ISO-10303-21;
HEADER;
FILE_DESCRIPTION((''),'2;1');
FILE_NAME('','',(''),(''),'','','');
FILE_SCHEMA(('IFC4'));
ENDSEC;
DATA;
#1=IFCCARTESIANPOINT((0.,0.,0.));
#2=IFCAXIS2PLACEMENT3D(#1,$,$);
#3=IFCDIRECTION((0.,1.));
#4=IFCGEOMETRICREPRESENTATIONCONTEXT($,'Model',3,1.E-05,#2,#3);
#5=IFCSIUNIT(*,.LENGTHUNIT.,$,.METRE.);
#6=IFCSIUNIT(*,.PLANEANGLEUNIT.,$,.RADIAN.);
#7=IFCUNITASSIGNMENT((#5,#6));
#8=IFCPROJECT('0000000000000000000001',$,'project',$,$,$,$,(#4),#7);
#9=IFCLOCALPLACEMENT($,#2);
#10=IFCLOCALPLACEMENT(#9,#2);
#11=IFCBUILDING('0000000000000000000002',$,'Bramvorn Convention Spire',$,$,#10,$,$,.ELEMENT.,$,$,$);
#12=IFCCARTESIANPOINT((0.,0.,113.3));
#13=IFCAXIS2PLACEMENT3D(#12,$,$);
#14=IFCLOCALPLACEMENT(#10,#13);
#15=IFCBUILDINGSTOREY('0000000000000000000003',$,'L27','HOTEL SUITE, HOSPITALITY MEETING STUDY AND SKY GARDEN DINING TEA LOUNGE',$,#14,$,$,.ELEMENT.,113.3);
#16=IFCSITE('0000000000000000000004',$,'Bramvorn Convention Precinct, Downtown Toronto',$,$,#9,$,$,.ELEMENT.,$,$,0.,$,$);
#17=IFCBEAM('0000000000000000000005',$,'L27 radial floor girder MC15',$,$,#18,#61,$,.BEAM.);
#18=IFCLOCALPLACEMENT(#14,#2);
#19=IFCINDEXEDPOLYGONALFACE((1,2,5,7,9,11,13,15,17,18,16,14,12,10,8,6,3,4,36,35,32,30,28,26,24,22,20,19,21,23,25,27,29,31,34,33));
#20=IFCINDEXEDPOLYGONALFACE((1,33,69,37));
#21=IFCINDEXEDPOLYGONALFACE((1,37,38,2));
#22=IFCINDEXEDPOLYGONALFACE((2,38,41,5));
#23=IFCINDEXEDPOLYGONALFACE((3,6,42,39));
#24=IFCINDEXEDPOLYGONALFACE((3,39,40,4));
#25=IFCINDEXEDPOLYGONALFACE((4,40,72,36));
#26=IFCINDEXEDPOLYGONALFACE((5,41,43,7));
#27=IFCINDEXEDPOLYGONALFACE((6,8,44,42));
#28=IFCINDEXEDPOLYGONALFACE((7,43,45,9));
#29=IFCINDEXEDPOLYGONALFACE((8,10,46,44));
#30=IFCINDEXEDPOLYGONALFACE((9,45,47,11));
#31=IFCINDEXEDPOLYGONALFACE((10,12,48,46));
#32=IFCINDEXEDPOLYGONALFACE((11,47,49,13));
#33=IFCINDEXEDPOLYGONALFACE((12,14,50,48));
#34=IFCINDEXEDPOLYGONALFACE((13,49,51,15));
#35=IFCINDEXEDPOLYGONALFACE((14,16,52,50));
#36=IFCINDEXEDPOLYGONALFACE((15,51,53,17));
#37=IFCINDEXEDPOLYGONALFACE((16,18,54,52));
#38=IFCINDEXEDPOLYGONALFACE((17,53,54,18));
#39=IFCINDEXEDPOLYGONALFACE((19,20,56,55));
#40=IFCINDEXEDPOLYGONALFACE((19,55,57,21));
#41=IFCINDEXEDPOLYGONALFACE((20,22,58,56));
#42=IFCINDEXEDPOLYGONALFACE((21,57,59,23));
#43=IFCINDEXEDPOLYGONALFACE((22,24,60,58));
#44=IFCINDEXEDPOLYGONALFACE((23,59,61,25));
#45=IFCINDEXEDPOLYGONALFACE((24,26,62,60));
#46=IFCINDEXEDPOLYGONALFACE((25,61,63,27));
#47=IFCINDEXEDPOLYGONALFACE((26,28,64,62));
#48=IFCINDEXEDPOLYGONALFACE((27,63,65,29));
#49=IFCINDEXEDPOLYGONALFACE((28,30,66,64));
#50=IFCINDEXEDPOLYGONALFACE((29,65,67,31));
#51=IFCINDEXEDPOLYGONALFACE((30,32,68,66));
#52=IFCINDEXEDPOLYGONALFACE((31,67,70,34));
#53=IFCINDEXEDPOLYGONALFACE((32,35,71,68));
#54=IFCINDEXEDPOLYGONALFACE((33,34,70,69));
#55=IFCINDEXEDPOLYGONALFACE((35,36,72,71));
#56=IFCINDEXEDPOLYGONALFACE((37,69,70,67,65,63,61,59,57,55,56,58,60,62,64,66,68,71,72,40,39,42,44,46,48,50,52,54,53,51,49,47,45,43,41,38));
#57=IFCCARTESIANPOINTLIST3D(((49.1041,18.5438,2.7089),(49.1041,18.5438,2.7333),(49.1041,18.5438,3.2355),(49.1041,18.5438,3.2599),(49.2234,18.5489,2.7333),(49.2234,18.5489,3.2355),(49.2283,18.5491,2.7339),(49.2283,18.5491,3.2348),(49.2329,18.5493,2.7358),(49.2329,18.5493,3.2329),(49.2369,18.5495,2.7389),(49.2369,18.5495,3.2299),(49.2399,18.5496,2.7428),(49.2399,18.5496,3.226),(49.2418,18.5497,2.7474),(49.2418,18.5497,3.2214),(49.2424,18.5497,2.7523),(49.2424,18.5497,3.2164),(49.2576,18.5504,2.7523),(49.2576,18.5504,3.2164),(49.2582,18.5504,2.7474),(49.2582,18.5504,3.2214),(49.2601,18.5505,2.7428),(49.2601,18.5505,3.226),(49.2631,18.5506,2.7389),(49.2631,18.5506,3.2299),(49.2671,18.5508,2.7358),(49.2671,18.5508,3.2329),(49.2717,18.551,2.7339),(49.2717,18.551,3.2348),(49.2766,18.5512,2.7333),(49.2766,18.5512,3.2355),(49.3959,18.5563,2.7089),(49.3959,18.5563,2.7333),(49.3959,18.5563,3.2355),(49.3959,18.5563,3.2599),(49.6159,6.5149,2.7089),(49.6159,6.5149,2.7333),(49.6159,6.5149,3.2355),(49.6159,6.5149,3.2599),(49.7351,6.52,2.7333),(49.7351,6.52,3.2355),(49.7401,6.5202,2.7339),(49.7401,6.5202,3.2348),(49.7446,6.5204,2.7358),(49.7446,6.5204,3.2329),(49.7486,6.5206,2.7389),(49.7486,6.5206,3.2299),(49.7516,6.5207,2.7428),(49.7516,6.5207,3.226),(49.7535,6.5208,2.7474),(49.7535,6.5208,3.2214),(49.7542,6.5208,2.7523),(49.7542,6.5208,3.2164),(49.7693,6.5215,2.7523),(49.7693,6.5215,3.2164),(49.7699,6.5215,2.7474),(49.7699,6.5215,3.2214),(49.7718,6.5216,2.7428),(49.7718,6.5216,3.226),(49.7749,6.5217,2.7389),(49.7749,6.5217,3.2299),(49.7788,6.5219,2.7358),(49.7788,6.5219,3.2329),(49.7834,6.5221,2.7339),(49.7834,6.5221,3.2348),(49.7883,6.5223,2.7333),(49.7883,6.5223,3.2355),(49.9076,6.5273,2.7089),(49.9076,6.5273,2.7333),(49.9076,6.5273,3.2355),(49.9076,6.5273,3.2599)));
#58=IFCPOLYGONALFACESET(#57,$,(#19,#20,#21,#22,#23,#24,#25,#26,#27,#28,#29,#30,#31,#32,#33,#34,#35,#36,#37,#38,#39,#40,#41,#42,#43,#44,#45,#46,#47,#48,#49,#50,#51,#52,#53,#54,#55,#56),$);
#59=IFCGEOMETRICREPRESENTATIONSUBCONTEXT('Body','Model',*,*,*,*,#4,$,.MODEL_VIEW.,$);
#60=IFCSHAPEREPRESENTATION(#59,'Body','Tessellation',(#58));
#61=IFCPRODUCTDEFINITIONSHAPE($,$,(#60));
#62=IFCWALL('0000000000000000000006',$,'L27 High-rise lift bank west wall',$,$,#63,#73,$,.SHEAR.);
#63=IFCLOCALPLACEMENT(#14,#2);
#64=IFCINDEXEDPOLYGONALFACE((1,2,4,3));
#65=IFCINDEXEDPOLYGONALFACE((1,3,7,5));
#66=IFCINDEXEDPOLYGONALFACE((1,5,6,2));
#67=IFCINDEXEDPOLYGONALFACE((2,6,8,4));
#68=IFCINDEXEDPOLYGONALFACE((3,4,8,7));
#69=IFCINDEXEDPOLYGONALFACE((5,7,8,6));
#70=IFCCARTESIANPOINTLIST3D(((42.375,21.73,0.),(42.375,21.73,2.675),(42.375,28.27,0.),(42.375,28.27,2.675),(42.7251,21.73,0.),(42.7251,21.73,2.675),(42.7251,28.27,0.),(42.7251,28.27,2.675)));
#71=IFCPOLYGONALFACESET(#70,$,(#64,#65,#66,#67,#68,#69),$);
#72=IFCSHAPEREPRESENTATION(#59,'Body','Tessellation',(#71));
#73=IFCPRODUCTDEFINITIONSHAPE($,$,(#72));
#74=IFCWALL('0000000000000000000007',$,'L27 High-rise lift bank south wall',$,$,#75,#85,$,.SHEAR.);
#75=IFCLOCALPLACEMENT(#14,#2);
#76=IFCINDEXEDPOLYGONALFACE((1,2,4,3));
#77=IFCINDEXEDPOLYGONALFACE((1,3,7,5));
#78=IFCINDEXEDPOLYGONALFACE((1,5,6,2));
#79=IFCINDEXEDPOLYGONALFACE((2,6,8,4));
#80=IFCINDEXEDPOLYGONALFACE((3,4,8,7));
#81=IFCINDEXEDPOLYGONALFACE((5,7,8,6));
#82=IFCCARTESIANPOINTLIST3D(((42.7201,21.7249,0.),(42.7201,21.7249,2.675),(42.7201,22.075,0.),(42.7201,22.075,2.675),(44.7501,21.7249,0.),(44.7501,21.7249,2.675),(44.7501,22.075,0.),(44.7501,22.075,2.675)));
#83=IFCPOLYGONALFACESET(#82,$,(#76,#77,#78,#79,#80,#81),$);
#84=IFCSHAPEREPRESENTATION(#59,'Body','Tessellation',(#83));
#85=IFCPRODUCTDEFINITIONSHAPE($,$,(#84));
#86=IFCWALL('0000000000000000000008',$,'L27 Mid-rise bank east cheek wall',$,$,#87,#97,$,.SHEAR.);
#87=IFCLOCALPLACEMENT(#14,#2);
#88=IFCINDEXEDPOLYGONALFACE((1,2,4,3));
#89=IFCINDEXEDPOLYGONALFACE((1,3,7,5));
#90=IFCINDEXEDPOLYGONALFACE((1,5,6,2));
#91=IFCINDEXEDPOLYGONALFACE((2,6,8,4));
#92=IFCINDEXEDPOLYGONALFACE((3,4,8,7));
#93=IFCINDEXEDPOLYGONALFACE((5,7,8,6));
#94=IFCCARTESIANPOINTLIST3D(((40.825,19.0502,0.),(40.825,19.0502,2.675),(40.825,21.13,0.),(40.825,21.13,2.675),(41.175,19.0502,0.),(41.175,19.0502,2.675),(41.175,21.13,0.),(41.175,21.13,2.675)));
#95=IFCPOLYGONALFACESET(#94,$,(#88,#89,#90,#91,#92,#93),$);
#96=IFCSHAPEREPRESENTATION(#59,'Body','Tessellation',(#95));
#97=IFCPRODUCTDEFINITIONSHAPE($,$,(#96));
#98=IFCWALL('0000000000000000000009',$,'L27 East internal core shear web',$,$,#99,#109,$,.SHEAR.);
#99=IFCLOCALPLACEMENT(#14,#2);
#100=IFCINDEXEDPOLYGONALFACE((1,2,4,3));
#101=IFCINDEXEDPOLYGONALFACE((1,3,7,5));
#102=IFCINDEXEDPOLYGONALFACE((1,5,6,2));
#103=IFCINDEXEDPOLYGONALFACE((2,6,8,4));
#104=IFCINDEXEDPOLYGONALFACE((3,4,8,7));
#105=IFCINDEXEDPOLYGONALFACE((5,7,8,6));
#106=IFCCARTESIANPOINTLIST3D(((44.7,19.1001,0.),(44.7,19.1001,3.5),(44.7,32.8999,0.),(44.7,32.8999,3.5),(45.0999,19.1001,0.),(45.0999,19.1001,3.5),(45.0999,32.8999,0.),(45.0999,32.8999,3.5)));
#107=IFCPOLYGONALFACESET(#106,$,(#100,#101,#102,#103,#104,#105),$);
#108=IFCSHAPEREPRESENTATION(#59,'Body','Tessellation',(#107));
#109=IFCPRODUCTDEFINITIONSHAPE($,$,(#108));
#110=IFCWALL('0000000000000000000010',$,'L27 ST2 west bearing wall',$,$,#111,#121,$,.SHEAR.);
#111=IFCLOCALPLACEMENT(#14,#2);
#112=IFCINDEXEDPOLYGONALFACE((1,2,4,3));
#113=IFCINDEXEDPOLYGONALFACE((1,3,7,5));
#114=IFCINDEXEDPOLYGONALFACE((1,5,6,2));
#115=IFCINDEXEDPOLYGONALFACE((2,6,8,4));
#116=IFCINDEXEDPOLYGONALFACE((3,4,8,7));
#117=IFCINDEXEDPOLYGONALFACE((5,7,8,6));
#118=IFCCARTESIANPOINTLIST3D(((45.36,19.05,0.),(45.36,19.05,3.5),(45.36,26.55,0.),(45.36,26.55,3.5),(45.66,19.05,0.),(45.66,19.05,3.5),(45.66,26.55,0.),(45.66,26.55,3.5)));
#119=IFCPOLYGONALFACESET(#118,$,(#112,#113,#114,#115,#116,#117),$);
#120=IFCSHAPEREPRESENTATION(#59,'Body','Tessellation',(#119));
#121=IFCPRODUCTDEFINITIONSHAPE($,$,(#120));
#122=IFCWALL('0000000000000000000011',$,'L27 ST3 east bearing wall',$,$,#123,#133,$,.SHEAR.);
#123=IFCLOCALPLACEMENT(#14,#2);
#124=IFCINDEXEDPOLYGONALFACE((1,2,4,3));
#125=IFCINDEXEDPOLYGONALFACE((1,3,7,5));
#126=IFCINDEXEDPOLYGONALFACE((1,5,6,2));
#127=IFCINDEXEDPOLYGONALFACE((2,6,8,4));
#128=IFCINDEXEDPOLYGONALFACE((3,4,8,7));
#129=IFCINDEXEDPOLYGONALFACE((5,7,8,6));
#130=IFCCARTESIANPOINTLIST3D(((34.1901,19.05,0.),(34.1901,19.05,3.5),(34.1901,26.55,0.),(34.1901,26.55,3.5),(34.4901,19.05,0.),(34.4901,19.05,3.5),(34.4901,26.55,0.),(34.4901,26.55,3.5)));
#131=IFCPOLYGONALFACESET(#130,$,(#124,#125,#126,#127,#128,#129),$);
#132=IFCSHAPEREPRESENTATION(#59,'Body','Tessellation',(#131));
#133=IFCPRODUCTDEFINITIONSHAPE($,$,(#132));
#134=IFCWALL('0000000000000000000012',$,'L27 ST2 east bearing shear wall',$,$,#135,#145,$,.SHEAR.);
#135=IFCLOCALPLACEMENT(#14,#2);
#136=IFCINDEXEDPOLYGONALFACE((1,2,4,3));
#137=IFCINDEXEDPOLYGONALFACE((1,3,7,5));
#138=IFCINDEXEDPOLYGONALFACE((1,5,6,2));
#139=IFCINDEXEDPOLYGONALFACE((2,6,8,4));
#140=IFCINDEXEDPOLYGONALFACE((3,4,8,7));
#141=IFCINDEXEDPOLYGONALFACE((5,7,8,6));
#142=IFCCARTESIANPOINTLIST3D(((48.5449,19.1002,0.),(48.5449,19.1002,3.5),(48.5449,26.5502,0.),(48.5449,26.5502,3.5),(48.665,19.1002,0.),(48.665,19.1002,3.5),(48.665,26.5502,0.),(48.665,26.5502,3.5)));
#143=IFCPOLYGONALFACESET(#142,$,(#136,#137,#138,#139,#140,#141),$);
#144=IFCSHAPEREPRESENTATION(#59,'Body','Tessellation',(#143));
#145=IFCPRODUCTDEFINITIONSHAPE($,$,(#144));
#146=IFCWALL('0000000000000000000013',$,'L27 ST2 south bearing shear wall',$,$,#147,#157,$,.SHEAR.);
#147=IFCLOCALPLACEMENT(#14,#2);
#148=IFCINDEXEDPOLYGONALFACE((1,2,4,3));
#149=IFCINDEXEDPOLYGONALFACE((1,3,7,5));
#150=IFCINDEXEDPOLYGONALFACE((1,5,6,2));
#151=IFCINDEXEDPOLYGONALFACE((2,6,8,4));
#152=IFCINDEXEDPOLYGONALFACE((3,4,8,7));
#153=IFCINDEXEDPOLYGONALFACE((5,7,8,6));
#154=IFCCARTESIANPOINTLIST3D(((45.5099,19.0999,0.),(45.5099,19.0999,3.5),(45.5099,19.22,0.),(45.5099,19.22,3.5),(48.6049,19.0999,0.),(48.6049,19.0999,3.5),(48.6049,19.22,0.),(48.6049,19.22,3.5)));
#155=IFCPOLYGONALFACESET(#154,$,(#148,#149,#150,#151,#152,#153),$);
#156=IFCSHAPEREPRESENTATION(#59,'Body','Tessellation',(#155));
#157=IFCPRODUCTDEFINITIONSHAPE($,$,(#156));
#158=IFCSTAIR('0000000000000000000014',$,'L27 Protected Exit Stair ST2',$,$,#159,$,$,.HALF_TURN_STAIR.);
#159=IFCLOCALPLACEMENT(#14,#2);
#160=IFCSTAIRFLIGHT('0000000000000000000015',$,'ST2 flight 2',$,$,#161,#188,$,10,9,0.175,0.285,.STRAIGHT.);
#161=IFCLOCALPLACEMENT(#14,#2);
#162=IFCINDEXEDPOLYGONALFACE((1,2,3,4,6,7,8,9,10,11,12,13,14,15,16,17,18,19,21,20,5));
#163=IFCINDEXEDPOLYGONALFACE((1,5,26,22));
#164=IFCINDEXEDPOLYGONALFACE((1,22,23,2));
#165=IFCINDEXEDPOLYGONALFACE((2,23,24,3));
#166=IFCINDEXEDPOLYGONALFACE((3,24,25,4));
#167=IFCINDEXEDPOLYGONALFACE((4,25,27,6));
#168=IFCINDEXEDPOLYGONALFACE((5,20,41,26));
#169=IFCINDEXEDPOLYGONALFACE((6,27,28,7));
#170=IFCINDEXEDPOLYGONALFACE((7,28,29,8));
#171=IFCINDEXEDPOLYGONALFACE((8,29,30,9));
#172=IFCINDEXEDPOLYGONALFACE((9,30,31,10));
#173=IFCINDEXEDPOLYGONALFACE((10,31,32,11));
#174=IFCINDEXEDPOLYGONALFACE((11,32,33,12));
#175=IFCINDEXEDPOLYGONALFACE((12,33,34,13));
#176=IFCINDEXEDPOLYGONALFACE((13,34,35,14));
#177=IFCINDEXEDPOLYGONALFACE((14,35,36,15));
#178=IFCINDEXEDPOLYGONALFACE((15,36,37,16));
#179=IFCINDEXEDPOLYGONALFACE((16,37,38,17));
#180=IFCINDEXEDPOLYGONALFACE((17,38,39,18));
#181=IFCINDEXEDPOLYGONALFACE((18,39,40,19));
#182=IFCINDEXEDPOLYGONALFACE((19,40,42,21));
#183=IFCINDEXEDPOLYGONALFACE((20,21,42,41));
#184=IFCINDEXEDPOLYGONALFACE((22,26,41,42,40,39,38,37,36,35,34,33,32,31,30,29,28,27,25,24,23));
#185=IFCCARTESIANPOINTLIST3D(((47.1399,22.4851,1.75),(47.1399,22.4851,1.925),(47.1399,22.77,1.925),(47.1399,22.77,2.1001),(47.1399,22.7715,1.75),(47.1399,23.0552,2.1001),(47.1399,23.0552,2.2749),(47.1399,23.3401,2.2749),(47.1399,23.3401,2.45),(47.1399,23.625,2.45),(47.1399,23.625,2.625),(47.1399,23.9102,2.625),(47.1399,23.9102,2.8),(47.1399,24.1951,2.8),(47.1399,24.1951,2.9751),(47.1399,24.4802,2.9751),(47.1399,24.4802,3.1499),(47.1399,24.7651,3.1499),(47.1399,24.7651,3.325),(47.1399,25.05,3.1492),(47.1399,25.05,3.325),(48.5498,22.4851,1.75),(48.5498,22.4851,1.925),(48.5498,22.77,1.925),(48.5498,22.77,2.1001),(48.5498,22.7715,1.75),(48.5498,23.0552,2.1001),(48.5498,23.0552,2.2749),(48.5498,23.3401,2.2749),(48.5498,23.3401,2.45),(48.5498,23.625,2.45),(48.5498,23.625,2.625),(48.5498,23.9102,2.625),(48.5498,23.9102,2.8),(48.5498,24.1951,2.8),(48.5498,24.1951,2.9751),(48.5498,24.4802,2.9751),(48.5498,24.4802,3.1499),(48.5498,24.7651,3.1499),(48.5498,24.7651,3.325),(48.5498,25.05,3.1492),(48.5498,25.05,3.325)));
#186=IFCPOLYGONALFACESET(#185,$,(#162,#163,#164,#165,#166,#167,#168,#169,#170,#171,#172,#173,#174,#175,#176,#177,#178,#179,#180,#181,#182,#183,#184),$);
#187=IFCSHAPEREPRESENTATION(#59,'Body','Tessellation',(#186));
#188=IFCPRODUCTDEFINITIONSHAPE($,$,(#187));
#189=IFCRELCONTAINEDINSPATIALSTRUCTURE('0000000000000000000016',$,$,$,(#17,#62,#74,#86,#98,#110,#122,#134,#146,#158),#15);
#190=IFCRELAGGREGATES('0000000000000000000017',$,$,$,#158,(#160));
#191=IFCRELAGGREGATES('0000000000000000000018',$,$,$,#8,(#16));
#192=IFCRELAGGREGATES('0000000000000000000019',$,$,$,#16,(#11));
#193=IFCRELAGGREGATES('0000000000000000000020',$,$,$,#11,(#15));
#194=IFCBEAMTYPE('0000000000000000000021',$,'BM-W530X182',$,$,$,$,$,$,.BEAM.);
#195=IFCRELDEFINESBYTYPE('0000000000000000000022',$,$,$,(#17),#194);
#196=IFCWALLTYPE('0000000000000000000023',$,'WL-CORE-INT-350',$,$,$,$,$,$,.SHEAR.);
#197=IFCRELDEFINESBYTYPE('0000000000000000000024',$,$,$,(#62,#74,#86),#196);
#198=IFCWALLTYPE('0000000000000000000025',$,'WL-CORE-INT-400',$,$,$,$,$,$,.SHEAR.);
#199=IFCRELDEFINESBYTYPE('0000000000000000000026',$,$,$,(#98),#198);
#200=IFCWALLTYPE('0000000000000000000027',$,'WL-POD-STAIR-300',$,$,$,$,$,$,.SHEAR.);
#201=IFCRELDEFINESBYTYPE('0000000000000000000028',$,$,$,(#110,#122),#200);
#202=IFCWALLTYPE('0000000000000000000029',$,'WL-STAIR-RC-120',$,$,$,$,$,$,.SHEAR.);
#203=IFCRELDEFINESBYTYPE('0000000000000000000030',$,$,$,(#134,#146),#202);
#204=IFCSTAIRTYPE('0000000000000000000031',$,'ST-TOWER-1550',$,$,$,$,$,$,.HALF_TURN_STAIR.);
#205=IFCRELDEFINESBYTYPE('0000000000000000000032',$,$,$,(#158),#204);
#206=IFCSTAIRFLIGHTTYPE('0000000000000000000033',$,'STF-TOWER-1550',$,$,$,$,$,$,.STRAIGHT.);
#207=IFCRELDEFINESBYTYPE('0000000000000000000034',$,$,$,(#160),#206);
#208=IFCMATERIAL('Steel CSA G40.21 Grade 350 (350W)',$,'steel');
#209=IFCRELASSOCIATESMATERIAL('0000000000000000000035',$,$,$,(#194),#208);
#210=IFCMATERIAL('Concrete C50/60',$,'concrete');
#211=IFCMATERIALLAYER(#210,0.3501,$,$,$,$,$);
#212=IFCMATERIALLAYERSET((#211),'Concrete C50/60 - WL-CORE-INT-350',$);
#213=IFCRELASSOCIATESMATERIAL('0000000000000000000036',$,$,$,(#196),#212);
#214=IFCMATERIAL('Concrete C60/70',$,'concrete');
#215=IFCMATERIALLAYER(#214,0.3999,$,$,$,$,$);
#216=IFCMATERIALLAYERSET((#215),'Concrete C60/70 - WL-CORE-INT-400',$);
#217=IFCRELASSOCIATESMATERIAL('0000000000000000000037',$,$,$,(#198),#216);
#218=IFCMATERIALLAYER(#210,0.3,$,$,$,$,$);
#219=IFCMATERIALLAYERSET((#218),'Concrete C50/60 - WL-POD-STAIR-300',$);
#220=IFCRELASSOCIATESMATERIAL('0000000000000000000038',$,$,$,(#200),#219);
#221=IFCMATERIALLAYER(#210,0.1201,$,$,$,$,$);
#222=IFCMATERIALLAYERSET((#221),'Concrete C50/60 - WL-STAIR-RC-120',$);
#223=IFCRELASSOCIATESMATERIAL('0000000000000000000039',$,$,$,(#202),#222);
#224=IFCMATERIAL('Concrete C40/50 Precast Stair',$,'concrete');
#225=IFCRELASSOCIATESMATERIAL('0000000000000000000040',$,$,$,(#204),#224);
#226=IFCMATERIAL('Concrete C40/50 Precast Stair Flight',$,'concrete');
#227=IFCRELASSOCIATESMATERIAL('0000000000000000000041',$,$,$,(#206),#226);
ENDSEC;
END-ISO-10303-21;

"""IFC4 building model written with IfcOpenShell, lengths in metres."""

from ifc_helpers import new_model, si_unit, direction, frame, frame_2d, origin, origin_2d, place, context, subcontext, project, spatial, polyline, rectangle, i_section, outline, extrude, material, layer, layer_set, material_profile, profile_set, type_object, element, aggregate, save


model = new_model("IFC4")

# Units and contexts
model_context = context("Model", 3, precision=1e-05, world=origin(), true_north=direction((0.0, 1.0)))
body_context = subcontext(model_context, "Body", "Model", "MODEL_VIEW")
ifc_project = project(units=[si_unit("LENGTHUNIT", "METRE"), si_unit("PLANEANGLEUNIT", "RADIAN")], contexts=[model_context])

# Site, building, storey
site_placement = place(None, origin())
site = spatial("IfcSite", under=ifc_project, at=site_placement, Name="Bramvorn Convention Precinct, Downtown Toronto", CompositionType="ELEMENT", RefElevation=0.0)
building_placement = place(site_placement, origin())
building = spatial("IfcBuilding", under=site, at=building_placement, Name="Bramvorn Convention Spire", CompositionType="ELEMENT")
storey_placement = place(building_placement, frame((0.0, 0.0, 113.3)))
storey = spatial("IfcBuildingStorey", under=building, at=storey_placement, Name="L27", Description="HOTEL SUITE, HOSPITALITY MEETING STUDY AND SKY GARDEN DINING TEA LOUNGE", CompositionType="ELEMENT", Elevation=113.3)

# Beam
ifc_material_1 = material(Name="Steel CSA G40.21 Grade 350 (350W)", Category="steel")
ifc_material_profile = material_profile(ifc_material_1, i_section(OverallWidth=0.292, OverallDepth=0.551, WebThickness=0.0151, FlangeThickness=0.0244, FilletRadius=0.019, at=origin_2d()))
ifc_profile_set = profile_set([ifc_material_profile], Name="Steel CSA G40.21 Grade 350 (350W) - W530X182")
beam_type = type_object("IfcBeamType", Name="BM-W530X182", PredefinedType="BEAM", material=ifc_profile_set)
beam_placement = place(storey_placement, frame((49.25, 18.55, 2.9844), z_axis=(0.042503, -0.999096, 0.0), x_axis=(0.999096, 0.042503, 0.0)))
element("IfcBeam", 1, at=beam_placement, inside=storey, type_object=beam_type, Name="L27 radial floor girder MC15", PredefinedType="BEAM", context=body_context, shape_type="SweptSolid", body=[
    extrude(i_section(OverallWidth=0.292, OverallDepth=0.551, WebThickness=0.0151, FlangeThickness=0.0244, FilletRadius=0.019, at=origin_2d()), origin(), (0.0, 0.0, 1.0), 12.0398),
])

# Shared definitions
ifc_material_2 = material(Name="Concrete C60/70", Category="concrete")

# Walls
ifc_material_3 = material(Name="Concrete C50/60", Category="concrete")
ifc_layer_1 = layer(ifc_material_3, 0.3501)
ifc_layer_set_1 = layer_set([ifc_layer_1], Name="Concrete C50/60 - WL-CORE-INT-350")
wall_type_1 = type_object("IfcWallType", Name="WL-CORE-INT-350", PredefinedType="SHEAR", material=ifc_layer_set_1)
wall_1_placement = place(storey_placement, frame((42.55, 21.73, 0.0), z_axis=(0.0, 0.0, 1.0), x_axis=(0.0, 1.0, 0.0)))
element("IfcWall", 2, at=wall_1_placement, inside=storey, type_object=wall_type_1, Name="L27 High-rise lift bank west wall", PredefinedType="SHEAR", context=body_context, shape_type="SweptSolid", body=[
    extrude(rectangle(XDim=6.54, YDim=0.3501, at=frame_2d((3.27, 0.0))), origin(), (0.0, 0.0, 1.0), 2.675),
])
wall_2_placement = place(storey_placement, frame((42.72, 21.8999, 0.0), z_axis=(0.0, 0.0, 1.0), x_axis=(1.0, 0.0, 0.0)))
element("IfcWall", 3, at=wall_2_placement, inside=storey, type_object=wall_type_1, Name="L27 High-rise lift bank south wall", PredefinedType="SHEAR", context=body_context, shape_type="SweptSolid", body=[
    extrude(rectangle(XDim=2.03, YDim=0.3501, at=frame_2d((1.0151, 0.0))), origin(), (0.0, 0.0, 1.0), 2.675),
])

# Walls
wall_3_placement = place(storey_placement, frame((41.0, 19.05, 0.0), z_axis=(0.0, 0.0, 1.0), x_axis=(0.0, 1.0, 0.0)))
element("IfcWall", 4, at=wall_3_placement, inside=storey, type_object=wall_type_1, Name="L27 Mid-rise bank east cheek wall", PredefinedType="SHEAR", context=body_context, shape_type="SweptSolid", body=[
    extrude(rectangle(XDim=2.0798, YDim=0.3501, at=frame_2d((1.04, 0.0))), origin(), (0.0, 0.0, 1.0), 2.675),
])
ifc_layer_2 = layer(ifc_material_2, 0.3999)
ifc_layer_set_2 = layer_set([ifc_layer_2], Name="Concrete C60/70 - WL-CORE-INT-400")
wall_type_2 = type_object("IfcWallType", Name="WL-CORE-INT-400", PredefinedType="SHEAR", material=ifc_layer_set_2)
wall_4_placement = place(storey_placement, frame((44.8999, 19.1001, 0.0), z_axis=(0.0, 0.0, 1.0), x_axis=(0.0, 1.0, 0.0)))
element("IfcWall", 5, at=wall_4_placement, inside=storey, type_object=wall_type_2, Name="L27 East internal core shear web", PredefinedType="SHEAR", context=body_context, shape_type="SweptSolid", body=[
    extrude(rectangle(XDim=13.7998, YDim=0.3999, at=frame_2d((6.8999, 0.0))), origin(), (0.0, 0.0, 1.0), 3.5),
])
ifc_layer_3 = layer(ifc_material_3, 0.3)
ifc_layer_set_3 = layer_set([ifc_layer_3], Name="Concrete C50/60 - WL-POD-STAIR-300")
wall_type_3 = type_object("IfcWallType", Name="WL-POD-STAIR-300", PredefinedType="SHEAR", material=ifc_layer_set_3)
for number, where, z_axis, x_axis, name in (
    (6, (45.51, 19.05, 0.0), (0.0, 0.0, 1.0), (0.0, 1.0, 0.0), "L27 ST2 west bearing wall"),
    (7, (34.3401, 19.05, 0.0), (0.0, 0.0, 1.0), (0.0, 1.0, 0.0), "L27 ST3 east bearing wall"),
):
    element("IfcWall", number, at=place(storey_placement, frame(where, z_axis=z_axis, x_axis=x_axis)), inside=storey, type_object=wall_type_3, Name=name, PredefinedType="SHEAR", context=body_context, shape_type="SweptSolid", body=[
        extrude(rectangle(XDim=7.5, YDim=0.3, at=frame_2d((3.75, 0.0))), origin(), (0.0, 0.0, 1.0), 3.5),
    ])
ifc_layer_4 = layer(ifc_material_3, 0.1201)
ifc_layer_set_4 = layer_set([ifc_layer_4], Name="Concrete C50/60 - WL-STAIR-RC-120")
wall_type_4 = type_object("IfcWallType", Name="WL-STAIR-RC-120", PredefinedType="SHEAR", material=ifc_layer_set_4)
wall_5_placement = place(storey_placement, frame((48.605, 19.1001, 0.0), z_axis=(0.0, 0.0, 1.0), x_axis=(0.0, 1.0, 0.0)))
element("IfcWall", 8, at=wall_5_placement, inside=storey, type_object=wall_type_4, Name="L27 ST2 east bearing shear wall", PredefinedType="SHEAR", context=body_context, shape_type="SweptSolid", body=[
    extrude(rectangle(XDim=7.45, YDim=0.1201, at=frame_2d((3.7251, 0.0))), origin(), (0.0, 0.0, 1.0), 3.5),
])
wall_6_placement = place(storey_placement, frame((45.51, 19.1599, 0.0), z_axis=(0.0, 0.0, 1.0), x_axis=(1.0, 0.0, 0.0)))
element("IfcWall", 9, at=wall_6_placement, inside=storey, type_object=wall_type_4, Name="L27 ST2 south bearing shear wall", PredefinedType="SHEAR", context=body_context, shape_type="SweptSolid", body=[
    extrude(rectangle(XDim=3.095, YDim=0.1201, at=frame_2d((1.5474, 0.0))), origin(), (0.0, 0.0, 1.0), 3.5),
])

# Stair, stair flight
ifc_material_4 = material(Name="Concrete C40/50 Precast Stair", Category="concrete")
stair_type = type_object("IfcStairType", Name="ST-TOWER-1550", PredefinedType="HALF_TURN_STAIR", material=ifc_material_4)
stair_1_placement = place(storey_placement, origin())
stair_1 = element("IfcStair", 10, at=stair_1_placement, inside=storey, type_object=stair_type, Name="L27 Protected Exit Stair ST2", PredefinedType="HALF_TURN_STAIR")
ifc_material_5 = material(Name="Concrete C40/50 Precast Stair Flight", Category="concrete")
stair_flight_type = type_object("IfcStairFlightType", Name="STF-TOWER-1550", PredefinedType="STRAIGHT", material=ifc_material_5)
stair_flight_1_placement = place(storey_placement, frame((47.845, 22.4851, 1.75), z_axis=(0.0, 0.0, 1.0), x_axis=(0.0, 1.0, 0.0)))
stair_flight_1 = element("IfcStairFlight", 11, at=stair_flight_1_placement, type_object=stair_flight_type, Name="ST2 flight 2", NumberOfRisers=10, NumberOfTreads=9, PredefinedType="STRAIGHT", RiserHeight=0.175, TreadLength=0.285, context=body_context, shape_type="SweptSolid", body=[
    extrude(outline(polyline([(0.0, 0.0), (0.0, 0.175), (0.2849, 0.175), (0.2849, 0.3501), (0.5701, 0.3501), (0.5701, 0.5249), (0.855, 0.5249), (0.855, 0.7), (1.1399, 0.7), (1.1399, 0.875), (1.425, 0.875), (1.425, 1.05), (1.71, 1.05), (1.71, 1.2251), (1.9951, 1.2251), (1.9951, 1.3999), (2.28, 1.3999), (2.28, 1.575), (2.5649, 1.575), (2.5649, 1.75), (2.5649, 1.3992), (0.2864, 0.0), (0.0, 0.0)])), frame((0.0, 0.7051, 0.0), z_axis=(0.0, -1.0, 0.0), x_axis=(1.0, 0.0, 0.0)), (0.0, 0.0, 1.0), 1.4099),
])
aggregate(stair_1, [stair_flight_1])

save(model, "model.ifc")
